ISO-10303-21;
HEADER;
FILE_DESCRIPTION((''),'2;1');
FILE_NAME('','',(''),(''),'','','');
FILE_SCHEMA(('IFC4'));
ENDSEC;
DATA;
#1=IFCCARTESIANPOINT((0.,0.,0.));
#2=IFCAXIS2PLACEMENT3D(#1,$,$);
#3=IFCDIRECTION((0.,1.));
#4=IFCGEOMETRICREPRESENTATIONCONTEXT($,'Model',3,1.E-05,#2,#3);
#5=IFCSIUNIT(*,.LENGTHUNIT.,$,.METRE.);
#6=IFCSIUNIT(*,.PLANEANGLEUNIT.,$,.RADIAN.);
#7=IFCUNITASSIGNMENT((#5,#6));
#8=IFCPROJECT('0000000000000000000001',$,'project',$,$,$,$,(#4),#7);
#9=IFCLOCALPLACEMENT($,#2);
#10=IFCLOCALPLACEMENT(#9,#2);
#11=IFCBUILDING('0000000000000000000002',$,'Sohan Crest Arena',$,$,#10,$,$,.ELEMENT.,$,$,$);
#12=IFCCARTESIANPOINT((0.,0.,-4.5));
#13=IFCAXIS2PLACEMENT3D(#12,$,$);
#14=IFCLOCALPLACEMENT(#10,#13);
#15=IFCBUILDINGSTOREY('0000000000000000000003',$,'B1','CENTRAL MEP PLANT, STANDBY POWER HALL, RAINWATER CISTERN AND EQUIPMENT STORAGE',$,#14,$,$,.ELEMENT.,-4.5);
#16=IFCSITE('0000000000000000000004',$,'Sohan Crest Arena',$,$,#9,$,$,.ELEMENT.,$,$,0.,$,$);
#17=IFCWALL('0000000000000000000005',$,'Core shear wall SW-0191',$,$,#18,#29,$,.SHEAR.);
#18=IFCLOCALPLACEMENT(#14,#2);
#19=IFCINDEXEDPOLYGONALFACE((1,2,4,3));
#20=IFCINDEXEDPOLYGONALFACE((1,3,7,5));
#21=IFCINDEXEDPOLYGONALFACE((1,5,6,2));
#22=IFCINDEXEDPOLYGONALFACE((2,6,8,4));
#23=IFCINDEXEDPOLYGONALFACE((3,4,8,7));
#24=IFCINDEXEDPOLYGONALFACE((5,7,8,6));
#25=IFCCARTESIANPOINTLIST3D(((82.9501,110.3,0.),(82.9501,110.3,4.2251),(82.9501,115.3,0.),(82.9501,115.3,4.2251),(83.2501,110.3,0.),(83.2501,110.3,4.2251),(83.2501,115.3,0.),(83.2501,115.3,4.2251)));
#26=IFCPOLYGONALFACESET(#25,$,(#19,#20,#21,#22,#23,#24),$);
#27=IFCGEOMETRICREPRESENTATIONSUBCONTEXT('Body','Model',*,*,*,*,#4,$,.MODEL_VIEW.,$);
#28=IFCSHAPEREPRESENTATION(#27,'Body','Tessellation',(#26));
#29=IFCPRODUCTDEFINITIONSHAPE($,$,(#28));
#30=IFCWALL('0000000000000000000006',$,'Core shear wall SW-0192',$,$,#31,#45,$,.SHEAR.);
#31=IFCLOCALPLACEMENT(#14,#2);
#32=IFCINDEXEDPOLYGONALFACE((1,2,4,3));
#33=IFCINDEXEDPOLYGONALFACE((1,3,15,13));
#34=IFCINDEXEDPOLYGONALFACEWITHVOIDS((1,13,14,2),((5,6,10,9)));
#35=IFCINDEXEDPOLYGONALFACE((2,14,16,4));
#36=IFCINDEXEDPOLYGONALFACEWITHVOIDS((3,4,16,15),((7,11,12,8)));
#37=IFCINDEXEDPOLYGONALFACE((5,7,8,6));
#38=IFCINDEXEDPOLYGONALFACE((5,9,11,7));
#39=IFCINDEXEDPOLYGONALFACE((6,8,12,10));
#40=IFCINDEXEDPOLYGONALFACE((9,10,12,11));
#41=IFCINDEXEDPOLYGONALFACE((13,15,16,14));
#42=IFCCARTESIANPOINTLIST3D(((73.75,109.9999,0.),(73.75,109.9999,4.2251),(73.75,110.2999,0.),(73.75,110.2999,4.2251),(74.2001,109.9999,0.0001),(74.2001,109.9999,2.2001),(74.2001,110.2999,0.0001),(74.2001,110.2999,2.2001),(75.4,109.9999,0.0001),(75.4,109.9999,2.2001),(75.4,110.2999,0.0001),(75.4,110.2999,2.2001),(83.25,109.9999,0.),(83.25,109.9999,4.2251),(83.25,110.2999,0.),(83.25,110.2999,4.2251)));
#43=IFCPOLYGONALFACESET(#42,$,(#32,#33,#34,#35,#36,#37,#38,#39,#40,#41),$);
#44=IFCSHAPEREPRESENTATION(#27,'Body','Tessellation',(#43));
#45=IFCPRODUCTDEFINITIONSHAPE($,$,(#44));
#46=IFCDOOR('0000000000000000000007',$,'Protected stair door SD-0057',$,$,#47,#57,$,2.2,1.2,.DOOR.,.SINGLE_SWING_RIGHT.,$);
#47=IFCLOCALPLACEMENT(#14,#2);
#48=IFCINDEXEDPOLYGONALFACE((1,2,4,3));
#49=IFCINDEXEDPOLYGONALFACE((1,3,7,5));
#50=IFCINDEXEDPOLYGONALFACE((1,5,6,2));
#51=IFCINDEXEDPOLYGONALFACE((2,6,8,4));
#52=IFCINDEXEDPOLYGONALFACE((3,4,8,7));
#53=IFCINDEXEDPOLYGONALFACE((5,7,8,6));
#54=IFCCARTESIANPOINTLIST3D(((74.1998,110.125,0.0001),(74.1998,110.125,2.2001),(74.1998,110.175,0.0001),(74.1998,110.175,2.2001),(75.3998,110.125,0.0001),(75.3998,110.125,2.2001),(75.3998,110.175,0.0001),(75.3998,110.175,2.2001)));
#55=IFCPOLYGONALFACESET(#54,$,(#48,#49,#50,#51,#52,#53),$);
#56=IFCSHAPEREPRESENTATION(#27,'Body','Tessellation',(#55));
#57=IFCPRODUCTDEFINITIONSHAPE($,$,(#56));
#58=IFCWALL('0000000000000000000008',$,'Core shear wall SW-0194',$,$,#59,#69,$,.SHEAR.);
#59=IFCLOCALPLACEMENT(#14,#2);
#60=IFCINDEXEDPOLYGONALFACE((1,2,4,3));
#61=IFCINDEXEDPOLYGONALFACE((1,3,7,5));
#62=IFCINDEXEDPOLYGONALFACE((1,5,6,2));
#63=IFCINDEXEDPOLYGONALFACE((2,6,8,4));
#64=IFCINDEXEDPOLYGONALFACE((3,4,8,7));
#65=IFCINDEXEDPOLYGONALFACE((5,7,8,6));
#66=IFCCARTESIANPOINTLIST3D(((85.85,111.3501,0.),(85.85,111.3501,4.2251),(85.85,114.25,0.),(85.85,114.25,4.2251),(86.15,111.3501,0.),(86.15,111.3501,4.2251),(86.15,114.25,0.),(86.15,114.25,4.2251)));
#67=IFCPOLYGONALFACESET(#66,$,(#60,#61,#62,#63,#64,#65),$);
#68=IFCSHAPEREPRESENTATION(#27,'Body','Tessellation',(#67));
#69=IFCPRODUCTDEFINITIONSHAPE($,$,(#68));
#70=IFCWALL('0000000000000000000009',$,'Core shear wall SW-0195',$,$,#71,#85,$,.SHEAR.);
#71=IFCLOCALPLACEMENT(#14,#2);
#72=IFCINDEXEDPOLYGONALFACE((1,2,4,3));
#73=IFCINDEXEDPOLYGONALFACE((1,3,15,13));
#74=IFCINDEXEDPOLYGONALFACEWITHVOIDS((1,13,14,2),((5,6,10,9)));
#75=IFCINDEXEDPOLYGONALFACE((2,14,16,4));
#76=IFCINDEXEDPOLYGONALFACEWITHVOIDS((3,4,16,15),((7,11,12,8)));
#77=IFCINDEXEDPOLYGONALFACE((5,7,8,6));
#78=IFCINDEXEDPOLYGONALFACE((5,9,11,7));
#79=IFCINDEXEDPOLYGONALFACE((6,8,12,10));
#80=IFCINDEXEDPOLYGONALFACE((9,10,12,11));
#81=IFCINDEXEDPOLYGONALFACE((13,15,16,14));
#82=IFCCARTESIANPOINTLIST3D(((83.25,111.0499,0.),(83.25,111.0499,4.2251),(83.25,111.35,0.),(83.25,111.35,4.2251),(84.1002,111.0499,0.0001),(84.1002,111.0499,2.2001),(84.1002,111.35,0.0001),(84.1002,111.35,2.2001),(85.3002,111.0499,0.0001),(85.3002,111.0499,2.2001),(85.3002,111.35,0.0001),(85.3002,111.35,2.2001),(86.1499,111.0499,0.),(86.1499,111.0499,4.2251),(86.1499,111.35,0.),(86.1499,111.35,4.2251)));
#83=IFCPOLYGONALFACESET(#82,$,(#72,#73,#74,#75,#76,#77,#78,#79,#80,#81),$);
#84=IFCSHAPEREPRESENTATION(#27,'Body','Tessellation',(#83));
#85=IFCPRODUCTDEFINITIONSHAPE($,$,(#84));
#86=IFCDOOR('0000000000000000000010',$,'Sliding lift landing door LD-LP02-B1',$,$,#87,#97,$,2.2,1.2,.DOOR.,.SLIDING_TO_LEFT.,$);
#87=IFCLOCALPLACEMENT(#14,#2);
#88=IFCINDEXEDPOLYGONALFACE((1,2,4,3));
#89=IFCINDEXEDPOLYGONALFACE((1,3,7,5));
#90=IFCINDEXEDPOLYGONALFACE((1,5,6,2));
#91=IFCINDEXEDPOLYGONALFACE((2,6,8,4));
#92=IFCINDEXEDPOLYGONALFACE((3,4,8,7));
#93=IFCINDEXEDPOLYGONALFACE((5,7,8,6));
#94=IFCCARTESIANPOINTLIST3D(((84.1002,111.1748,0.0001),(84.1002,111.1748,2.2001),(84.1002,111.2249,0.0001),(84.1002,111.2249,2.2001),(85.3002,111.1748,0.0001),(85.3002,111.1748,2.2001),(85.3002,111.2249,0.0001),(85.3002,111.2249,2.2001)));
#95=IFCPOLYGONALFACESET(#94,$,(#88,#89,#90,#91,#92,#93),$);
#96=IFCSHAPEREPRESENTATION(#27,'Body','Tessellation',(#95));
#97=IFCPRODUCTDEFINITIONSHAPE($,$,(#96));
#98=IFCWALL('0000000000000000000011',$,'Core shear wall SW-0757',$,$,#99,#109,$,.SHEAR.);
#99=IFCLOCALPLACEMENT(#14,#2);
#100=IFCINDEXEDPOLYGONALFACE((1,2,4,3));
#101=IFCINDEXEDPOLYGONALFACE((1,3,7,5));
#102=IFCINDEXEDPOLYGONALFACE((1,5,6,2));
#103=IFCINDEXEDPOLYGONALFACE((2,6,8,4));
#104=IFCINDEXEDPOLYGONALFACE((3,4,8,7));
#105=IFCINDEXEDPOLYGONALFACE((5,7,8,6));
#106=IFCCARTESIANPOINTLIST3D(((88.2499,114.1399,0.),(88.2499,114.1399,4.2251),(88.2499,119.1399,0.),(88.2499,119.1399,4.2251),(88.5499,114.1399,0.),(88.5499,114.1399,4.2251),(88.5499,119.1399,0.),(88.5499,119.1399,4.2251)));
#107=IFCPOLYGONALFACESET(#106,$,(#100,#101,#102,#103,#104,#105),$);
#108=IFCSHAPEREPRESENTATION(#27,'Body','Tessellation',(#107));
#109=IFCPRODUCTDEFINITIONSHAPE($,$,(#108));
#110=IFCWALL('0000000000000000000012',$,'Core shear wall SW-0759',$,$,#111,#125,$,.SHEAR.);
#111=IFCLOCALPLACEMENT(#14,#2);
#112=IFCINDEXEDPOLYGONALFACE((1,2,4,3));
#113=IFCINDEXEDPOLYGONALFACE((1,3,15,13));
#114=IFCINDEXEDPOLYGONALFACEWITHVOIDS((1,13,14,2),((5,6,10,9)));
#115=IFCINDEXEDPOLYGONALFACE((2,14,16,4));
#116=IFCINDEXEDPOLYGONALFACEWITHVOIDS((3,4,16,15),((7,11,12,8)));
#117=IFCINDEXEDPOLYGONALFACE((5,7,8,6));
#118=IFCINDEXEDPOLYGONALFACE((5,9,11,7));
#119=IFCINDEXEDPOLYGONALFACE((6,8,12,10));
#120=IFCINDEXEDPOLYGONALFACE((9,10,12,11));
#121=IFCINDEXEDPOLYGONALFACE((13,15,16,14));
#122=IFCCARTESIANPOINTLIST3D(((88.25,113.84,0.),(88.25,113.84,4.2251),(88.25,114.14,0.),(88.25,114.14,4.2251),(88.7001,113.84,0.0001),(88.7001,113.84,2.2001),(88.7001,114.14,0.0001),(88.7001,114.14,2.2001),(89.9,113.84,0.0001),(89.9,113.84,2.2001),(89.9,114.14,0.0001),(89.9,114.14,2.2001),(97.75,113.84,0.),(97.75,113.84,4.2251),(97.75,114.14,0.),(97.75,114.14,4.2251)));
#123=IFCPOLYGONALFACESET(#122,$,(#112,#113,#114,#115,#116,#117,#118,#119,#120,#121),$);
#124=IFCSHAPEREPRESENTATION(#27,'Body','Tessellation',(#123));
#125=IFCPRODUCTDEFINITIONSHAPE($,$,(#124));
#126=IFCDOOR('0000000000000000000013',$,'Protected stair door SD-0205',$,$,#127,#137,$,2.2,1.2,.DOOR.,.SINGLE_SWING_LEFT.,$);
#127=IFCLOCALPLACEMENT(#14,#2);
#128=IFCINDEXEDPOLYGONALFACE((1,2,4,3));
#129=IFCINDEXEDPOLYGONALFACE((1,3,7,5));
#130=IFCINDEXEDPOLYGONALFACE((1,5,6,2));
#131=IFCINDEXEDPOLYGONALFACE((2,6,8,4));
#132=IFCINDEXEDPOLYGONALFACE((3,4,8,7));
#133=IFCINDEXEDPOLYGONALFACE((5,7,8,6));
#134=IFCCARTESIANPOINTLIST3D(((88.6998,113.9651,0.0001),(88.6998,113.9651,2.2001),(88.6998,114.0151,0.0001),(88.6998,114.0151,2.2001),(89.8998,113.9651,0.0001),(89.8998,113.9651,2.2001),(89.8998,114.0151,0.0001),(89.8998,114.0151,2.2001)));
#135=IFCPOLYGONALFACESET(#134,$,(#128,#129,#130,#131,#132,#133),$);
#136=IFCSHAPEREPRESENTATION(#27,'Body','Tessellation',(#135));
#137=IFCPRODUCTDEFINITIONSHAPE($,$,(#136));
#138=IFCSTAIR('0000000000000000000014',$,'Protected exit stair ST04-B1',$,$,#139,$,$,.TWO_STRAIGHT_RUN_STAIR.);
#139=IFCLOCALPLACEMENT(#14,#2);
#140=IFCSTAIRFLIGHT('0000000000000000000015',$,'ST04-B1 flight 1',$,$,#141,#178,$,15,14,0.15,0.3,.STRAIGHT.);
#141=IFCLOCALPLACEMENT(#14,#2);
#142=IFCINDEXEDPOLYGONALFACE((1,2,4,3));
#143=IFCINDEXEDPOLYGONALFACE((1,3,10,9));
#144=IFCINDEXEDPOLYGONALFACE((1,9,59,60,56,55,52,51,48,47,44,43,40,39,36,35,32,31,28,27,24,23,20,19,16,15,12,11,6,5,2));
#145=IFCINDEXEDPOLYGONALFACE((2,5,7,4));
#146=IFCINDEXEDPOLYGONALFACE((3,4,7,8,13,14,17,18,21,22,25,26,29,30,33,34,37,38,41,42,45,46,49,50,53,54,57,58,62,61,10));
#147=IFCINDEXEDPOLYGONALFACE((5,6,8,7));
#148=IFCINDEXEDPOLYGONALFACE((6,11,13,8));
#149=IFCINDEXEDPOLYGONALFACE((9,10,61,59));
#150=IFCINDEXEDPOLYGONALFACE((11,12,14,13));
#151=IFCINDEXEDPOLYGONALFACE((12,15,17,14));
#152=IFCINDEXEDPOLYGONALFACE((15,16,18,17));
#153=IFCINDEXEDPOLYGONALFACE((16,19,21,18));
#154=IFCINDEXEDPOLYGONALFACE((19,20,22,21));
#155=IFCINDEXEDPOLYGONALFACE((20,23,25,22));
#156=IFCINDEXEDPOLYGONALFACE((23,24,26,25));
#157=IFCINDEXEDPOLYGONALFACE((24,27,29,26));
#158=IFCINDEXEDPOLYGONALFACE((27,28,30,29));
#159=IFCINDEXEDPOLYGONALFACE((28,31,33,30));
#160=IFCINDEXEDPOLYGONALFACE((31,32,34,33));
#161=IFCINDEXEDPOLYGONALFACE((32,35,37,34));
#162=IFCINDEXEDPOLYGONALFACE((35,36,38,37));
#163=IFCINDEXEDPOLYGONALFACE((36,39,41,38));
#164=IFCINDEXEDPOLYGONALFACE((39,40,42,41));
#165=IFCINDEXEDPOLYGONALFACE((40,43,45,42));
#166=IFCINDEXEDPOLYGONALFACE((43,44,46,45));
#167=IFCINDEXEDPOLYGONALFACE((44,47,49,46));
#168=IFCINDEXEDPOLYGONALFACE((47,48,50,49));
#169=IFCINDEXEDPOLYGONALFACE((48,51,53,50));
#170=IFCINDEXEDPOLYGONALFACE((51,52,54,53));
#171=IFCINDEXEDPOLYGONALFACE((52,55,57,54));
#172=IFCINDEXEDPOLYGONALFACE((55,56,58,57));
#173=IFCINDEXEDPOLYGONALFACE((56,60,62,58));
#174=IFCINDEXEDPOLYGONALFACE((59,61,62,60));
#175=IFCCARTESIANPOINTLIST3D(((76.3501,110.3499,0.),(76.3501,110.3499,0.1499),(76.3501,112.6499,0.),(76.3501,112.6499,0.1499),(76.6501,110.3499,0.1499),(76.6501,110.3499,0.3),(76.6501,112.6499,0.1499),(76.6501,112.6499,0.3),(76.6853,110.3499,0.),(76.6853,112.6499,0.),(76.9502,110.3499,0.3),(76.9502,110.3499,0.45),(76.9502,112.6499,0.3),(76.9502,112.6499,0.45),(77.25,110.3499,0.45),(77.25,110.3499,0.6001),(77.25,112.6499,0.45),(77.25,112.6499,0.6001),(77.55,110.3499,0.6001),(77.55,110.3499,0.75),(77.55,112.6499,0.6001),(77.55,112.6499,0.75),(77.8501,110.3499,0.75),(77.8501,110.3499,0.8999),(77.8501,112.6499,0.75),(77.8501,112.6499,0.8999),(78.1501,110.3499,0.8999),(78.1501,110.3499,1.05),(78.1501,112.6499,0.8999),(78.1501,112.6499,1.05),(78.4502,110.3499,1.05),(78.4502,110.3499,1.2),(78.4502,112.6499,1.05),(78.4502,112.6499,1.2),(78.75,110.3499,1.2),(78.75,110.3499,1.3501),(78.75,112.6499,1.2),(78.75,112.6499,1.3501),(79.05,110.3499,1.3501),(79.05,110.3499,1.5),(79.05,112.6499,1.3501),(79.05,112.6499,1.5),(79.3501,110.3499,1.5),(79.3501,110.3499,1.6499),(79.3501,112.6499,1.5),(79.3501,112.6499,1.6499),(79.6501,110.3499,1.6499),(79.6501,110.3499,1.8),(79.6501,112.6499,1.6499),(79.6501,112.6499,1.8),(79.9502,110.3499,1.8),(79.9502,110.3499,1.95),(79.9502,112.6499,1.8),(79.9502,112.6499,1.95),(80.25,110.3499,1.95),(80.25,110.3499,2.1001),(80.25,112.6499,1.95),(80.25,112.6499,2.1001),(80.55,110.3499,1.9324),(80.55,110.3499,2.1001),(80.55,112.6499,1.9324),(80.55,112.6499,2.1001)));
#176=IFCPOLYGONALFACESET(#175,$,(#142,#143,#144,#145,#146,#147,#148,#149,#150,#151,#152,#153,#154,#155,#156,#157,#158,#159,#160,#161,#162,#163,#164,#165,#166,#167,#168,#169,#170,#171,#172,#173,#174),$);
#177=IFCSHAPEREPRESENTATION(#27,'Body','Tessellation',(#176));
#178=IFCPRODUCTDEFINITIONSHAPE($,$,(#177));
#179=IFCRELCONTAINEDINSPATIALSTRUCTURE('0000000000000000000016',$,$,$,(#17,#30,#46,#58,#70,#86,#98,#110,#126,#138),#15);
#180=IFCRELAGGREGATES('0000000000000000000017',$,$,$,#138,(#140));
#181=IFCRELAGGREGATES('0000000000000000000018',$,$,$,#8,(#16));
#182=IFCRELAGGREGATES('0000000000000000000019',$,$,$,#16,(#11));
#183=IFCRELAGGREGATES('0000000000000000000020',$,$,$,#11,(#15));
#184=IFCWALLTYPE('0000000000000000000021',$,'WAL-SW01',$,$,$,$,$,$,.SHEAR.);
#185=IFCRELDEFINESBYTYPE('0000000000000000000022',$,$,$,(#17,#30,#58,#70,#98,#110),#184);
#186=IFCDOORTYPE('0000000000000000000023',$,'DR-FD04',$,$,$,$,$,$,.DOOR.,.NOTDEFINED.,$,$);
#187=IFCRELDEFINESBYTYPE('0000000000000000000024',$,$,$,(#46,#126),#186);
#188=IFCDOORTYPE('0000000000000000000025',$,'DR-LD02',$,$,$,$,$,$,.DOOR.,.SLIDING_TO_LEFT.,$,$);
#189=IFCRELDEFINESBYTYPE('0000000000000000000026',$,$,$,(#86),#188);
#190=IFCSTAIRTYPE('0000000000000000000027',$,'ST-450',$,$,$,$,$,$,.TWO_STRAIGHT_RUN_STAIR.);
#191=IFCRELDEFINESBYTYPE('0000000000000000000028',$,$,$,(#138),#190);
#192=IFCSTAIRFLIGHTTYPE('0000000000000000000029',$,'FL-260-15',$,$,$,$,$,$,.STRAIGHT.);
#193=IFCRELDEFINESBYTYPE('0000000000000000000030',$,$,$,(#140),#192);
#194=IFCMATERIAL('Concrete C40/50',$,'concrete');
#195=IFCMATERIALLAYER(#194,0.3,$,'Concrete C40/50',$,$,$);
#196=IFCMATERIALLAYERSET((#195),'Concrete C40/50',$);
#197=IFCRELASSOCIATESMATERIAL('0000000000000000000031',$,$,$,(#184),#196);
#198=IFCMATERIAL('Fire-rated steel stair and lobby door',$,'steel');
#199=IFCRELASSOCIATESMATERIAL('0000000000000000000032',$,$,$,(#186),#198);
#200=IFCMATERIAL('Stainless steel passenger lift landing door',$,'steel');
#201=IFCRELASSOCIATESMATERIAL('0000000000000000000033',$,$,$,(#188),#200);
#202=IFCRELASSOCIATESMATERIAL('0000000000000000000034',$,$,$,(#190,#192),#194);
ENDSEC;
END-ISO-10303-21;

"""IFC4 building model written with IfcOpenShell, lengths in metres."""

from ifc_helpers import new_model, si_unit, direction, frame, frame_2d, origin, place, context, subcontext, project, spatial, polyline, rectangle, outline, extrude, material, layer, layer_set, type_object, element, fill, aggregate, save


model = new_model("IFC4")

# Units and contexts
model_context = context("Model", 3, precision=1e-05, world=origin(), true_north=direction((0.0, 1.0)))
body_context = subcontext(model_context, "Body", "Model", "MODEL_VIEW")
ifc_project = project(units=[si_unit("LENGTHUNIT", "METRE"), si_unit("PLANEANGLEUNIT", "RADIAN")], contexts=[model_context])

# Site, building, storey
site_placement = place(None, origin())
site = spatial("IfcSite", under=ifc_project, at=site_placement, Name="Sohan Crest Arena", CompositionType="ELEMENT", RefElevation=0.0)
building_placement = place(site_placement, origin())
building = spatial("IfcBuilding", under=site, at=building_placement, Name="Sohan Crest Arena", CompositionType="ELEMENT")
storey_placement = place(building_placement, frame((0.0, 0.0, -4.5)))
storey = spatial("IfcBuildingStorey", under=building, at=storey_placement, Name="B1", Description="CENTRAL MEP PLANT, STANDBY POWER HALL, RAINWATER CISTERN AND EQUIPMENT STORAGE", CompositionType="ELEMENT", Elevation=-4.5)

# Shared definitions
ifc_material_1 = material(Name="Concrete C40/50", Category="concrete")

# Wall
ifc_layer_1 = layer(ifc_material_1, 0.3, Name="Concrete C40/50")
ifc_layer_set_1 = layer_set([ifc_layer_1], Name="Concrete C40/50")
wall_type_1 = type_object("IfcWallType", Name="WAL-SW01", PredefinedType="SHEAR", material=ifc_layer_set_1)
for number, where, z_axis, x_axis, name in (
    (1, (83.1001, 110.3, 0.0), (0.0, 0.0, 1.0), (0.0, 1.0, 0.0), "Core shear wall SW-0191"),
):
    element("IfcWall", number, at=place(storey_placement, frame(where, z_axis=z_axis, x_axis=x_axis)), inside=storey, type_object=wall_type_1, Name=name, PredefinedType="SHEAR", context=body_context, shape_type="SweptSolid", body=[
        extrude(rectangle(XDim=5.0, YDim=0.3, at=frame_2d((2.5, 0.0))), origin(), (0.0, 0.0, 1.0), 4.2251),
    ])

# Wall, opening, door
wall_1_placement = place(storey_placement, frame((73.75, 110.1499, 0.0), z_axis=(0.0, 0.0, 1.0), x_axis=(1.0, 0.0, 0.0)))
wall_1 = element("IfcWall", 2, at=wall_1_placement, inside=storey, type_object=wall_type_1, Name="Core shear wall SW-0192", PredefinedType="SHEAR", context=body_context, shape_type="SweptSolid", body=[
    extrude(rectangle(XDim=9.5, YDim=0.3, at=frame_2d((4.75, 0.0))), origin(), (0.0, 0.0, 1.0), 4.2251),
])
opening_1_placement = place(wall_1_placement, frame((0.45, 0.0, 0.0)))
opening_1 = element("IfcOpeningElement", 3, at=opening_1_placement, cuts=wall_1, PredefinedType="OPENING", context=body_context, shape_type="SweptSolid", body=[
    extrude(rectangle(XDim=1.2, YDim=2.2, at=frame_2d((0.6001, 1.1001))), frame((0.0, 0.1599, 0.0), z_axis=(0.0, -1.0, 0.0), x_axis=(1.0, 0.0, 0.0)), (0.0, 0.0, 1.0), 0.3201),
])
ifc_material_2 = material(Name="Fire-rated steel stair and lobby door", Category="steel")
door_type_1 = type_object("IfcDoorType", Name="DR-FD04", OperationType="NOTDEFINED", PredefinedType="DOOR", material=ifc_material_2)
door_1_placement = place(opening_1_placement, frame((1.2, 0.0, 0.0), z_axis=(0.0, 0.0, 1.0), x_axis=(-1.0, 0.0, 0.0)))
door_1 = element("IfcDoor", 4, at=door_1_placement, inside=storey, type_object=door_type_1, Name="Protected stair door SD-0057", OperationType="SINGLE_SWING_RIGHT", OverallHeight=2.2, OverallWidth=1.2, PredefinedType="DOOR", context=body_context, shape_type="SweptSolid", body=[
    extrude(rectangle(XDim=1.2, YDim=2.2, at=frame_2d((0.6001, 1.1001))), frame((0.0, 0.0249, 0.0), z_axis=(0.0, -1.0, 0.0), x_axis=(1.0, 0.0, 0.0)), (0.0, 0.0, 1.0), 0.05),
])
fill(opening_1, door_1)

# Wall
wall_2_placement = place(storey_placement, frame((86.0, 111.3501, 0.0), z_axis=(0.0, 0.0, 1.0), x_axis=(0.0, 1.0, 0.0)))
element("IfcWall", 5, at=wall_2_placement, inside=storey, type_object=wall_type_1, Name="Core shear wall SW-0194", PredefinedType="SHEAR", context=body_context, shape_type="SweptSolid", body=[
    extrude(rectangle(XDim=2.8999, YDim=0.3, at=frame_2d((1.45, 0.0))), origin(), (0.0, 0.0, 1.0), 4.2251),
])

# Wall, opening, door
wall_3_placement = place(storey_placement, frame((83.25, 111.2, 0.0), z_axis=(0.0, 0.0, 1.0), x_axis=(1.0, 0.0, 0.0)))
wall_3 = element("IfcWall", 6, at=wall_3_placement, inside=storey, type_object=wall_type_1, Name="Core shear wall SW-0195", PredefinedType="SHEAR", context=body_context, shape_type="SweptSolid", body=[
    extrude(rectangle(XDim=2.8999, YDim=0.3, at=frame_2d((1.45, 0.0))), origin(), (0.0, 0.0, 1.0), 4.2251),
])
opening_2_placement = place(wall_3_placement, frame((0.8501, 0.0, 0.0)))
opening_2 = element("IfcOpeningElement", 7, at=opening_2_placement, cuts=wall_3, PredefinedType="OPENING", context=body_context, shape_type="SweptSolid", body=[
    extrude(rectangle(XDim=1.2, YDim=2.2, at=frame_2d((0.6001, 1.1001))), frame((0.0, 0.1599, 0.0), z_axis=(0.0, -1.0, 0.0), x_axis=(1.0, 0.0, 0.0)), (0.0, 0.0, 1.0), 0.3201),
])
ifc_material_3 = material(Name="Stainless steel passenger lift landing door", Category="steel")
door_type_2 = type_object("IfcDoorType", Name="DR-LD02", OperationType="SLIDING_TO_LEFT", PredefinedType="DOOR", material=ifc_material_3)
door_2_placement = place(opening_2_placement, origin())
door_2 = element("IfcDoor", 8, at=door_2_placement, inside=storey, type_object=door_type_2, Name="Sliding lift landing door LD-LP02-B1", OperationType="SLIDING_TO_LEFT", OverallHeight=2.2, OverallWidth=1.2, PredefinedType="DOOR", context=body_context, shape_type="SweptSolid", body=[
    extrude(rectangle(XDim=1.2, YDim=2.2, at=frame_2d((0.6001, 1.1001))), frame((0.0, 0.0249, 0.0), z_axis=(0.0, -1.0, 0.0), x_axis=(1.0, 0.0, 0.0)), (0.0, 0.0, 1.0), 0.05),
])
fill(opening_2, door_2)

# Wall
wall_4_placement = place(storey_placement, frame((88.3999, 114.1399, 0.0), z_axis=(0.0, 0.0, 1.0), x_axis=(0.0, 1.0, 0.0)))
element("IfcWall", 9, at=wall_4_placement, inside=storey, type_object=wall_type_1, Name="Core shear wall SW-0757", PredefinedType="SHEAR", context=body_context, shape_type="SweptSolid", body=[
    extrude(rectangle(XDim=5.0, YDim=0.3, at=frame_2d((2.5, 0.0))), origin(), (0.0, 0.0, 1.0), 4.2251),
])

# Wall, opening, door
wall_5_placement = place(storey_placement, frame((88.25, 113.99, 0.0), z_axis=(0.0, 0.0, 1.0), x_axis=(1.0, 0.0, 0.0)))
wall_5 = element("IfcWall", 10, at=wall_5_placement, inside=storey, type_object=wall_type_1, Name="Core shear wall SW-0759", PredefinedType="SHEAR", context=body_context, shape_type="SweptSolid", body=[
    extrude(rectangle(XDim=9.5, YDim=0.3, at=frame_2d((4.75, 0.0))), origin(), (0.0, 0.0, 1.0), 4.2251),
])
opening_3_placement = place(wall_5_placement, frame((0.45, 0.0, 0.0)))
opening_3 = element("IfcOpeningElement", 11, at=opening_3_placement, cuts=wall_5, PredefinedType="OPENING", context=body_context, shape_type="SweptSolid", body=[
    extrude(rectangle(XDim=1.2, YDim=2.2, at=frame_2d((0.6001, 1.1001))), frame((0.0, 0.1599, 0.0), z_axis=(0.0, -1.0, 0.0), x_axis=(1.0, 0.0, 0.0)), (0.0, 0.0, 1.0), 0.3201),
])
door_3_placement = place(opening_3_placement, frame((1.2, 0.0, 0.0), z_axis=(0.0, 0.0, 1.0), x_axis=(-1.0, 0.0, 0.0)))
door_3 = element("IfcDoor", 12, at=door_3_placement, inside=storey, type_object=door_type_1, Name="Protected stair door SD-0205", OperationType="SINGLE_SWING_LEFT", OverallHeight=2.2, OverallWidth=1.2, PredefinedType="DOOR", context=body_context, shape_type="SweptSolid", body=[
    extrude(rectangle(XDim=1.2, YDim=2.2, at=frame_2d((0.6001, 1.1001))), frame((0.0, 0.0249, 0.0), z_axis=(0.0, -1.0, 0.0), x_axis=(1.0, 0.0, 0.0)), (0.0, 0.0, 1.0), 0.05),
])
fill(opening_3, door_3)

# Stair, stair flight
stair_type = type_object("IfcStairType", Name="ST-450", PredefinedType="TWO_STRAIGHT_RUN_STAIR", material=ifc_material_1)
stair_placement = place(storey_placement, origin())
stair = element("IfcStair", 13, at=stair_placement, inside=storey, type_object=stair_type, Name="Protected exit stair ST04-B1", PredefinedType="TWO_STRAIGHT_RUN_STAIR")
stair_flight_type = type_object("IfcStairFlightType", Name="FL-260-15", PredefinedType="STRAIGHT", material=ifc_material_1)
stair_flight_1_placement = place(storey_placement, frame((76.3501, 111.5, 0.0), z_axis=(0.0, 0.0, 1.0), x_axis=(1.0, 0.0, 0.0)))
stair_flight_1 = element("IfcStairFlight", 14, at=stair_flight_1_placement, type_object=stair_flight_type, Name="ST04-B1 flight 1", NumberOfRisers=15, NumberOfTreads=14, PredefinedType="STRAIGHT", RiserHeight=0.15, TreadLength=0.3, context=body_context, shape_type="SweptSolid", body=[
    extrude(outline(polyline([(0.0, 0.0), (0.0, 0.1499), (0.3, 0.1499), (0.3, 0.3), (0.6001, 0.3), (0.6001, 0.45), (0.8999, 0.45), (0.8999, 0.6001), (1.2, 0.6001), (1.2, 0.75), (1.5, 0.75), (1.5, 0.8999), (1.8, 0.8999), (1.8, 1.05), (2.1001, 1.05), (2.1001, 1.2), (2.3999, 1.2), (2.3999, 1.3501), (2.7, 1.3501), (2.7, 1.5), (3.0, 1.5), (3.0, 1.6499), (3.3, 1.6499), (3.3, 1.8), (3.6001, 1.8), (3.6001, 1.95), (3.8999, 1.95), (3.8999, 2.1001), (4.2, 2.1001), (4.2, 2.25), (4.2, 1.9324), (0.3352, 0.0), (0.0, 0.0)])), frame((0.0, 1.1499, 0.0), z_axis=(0.0, -1.0, 0.0), x_axis=(1.0, 0.0, 0.0)), (0.0, 0.0, 1.0), 2.3),
])
aggregate(stair, [stair_flight_1])

save(model, "model.ifc")
